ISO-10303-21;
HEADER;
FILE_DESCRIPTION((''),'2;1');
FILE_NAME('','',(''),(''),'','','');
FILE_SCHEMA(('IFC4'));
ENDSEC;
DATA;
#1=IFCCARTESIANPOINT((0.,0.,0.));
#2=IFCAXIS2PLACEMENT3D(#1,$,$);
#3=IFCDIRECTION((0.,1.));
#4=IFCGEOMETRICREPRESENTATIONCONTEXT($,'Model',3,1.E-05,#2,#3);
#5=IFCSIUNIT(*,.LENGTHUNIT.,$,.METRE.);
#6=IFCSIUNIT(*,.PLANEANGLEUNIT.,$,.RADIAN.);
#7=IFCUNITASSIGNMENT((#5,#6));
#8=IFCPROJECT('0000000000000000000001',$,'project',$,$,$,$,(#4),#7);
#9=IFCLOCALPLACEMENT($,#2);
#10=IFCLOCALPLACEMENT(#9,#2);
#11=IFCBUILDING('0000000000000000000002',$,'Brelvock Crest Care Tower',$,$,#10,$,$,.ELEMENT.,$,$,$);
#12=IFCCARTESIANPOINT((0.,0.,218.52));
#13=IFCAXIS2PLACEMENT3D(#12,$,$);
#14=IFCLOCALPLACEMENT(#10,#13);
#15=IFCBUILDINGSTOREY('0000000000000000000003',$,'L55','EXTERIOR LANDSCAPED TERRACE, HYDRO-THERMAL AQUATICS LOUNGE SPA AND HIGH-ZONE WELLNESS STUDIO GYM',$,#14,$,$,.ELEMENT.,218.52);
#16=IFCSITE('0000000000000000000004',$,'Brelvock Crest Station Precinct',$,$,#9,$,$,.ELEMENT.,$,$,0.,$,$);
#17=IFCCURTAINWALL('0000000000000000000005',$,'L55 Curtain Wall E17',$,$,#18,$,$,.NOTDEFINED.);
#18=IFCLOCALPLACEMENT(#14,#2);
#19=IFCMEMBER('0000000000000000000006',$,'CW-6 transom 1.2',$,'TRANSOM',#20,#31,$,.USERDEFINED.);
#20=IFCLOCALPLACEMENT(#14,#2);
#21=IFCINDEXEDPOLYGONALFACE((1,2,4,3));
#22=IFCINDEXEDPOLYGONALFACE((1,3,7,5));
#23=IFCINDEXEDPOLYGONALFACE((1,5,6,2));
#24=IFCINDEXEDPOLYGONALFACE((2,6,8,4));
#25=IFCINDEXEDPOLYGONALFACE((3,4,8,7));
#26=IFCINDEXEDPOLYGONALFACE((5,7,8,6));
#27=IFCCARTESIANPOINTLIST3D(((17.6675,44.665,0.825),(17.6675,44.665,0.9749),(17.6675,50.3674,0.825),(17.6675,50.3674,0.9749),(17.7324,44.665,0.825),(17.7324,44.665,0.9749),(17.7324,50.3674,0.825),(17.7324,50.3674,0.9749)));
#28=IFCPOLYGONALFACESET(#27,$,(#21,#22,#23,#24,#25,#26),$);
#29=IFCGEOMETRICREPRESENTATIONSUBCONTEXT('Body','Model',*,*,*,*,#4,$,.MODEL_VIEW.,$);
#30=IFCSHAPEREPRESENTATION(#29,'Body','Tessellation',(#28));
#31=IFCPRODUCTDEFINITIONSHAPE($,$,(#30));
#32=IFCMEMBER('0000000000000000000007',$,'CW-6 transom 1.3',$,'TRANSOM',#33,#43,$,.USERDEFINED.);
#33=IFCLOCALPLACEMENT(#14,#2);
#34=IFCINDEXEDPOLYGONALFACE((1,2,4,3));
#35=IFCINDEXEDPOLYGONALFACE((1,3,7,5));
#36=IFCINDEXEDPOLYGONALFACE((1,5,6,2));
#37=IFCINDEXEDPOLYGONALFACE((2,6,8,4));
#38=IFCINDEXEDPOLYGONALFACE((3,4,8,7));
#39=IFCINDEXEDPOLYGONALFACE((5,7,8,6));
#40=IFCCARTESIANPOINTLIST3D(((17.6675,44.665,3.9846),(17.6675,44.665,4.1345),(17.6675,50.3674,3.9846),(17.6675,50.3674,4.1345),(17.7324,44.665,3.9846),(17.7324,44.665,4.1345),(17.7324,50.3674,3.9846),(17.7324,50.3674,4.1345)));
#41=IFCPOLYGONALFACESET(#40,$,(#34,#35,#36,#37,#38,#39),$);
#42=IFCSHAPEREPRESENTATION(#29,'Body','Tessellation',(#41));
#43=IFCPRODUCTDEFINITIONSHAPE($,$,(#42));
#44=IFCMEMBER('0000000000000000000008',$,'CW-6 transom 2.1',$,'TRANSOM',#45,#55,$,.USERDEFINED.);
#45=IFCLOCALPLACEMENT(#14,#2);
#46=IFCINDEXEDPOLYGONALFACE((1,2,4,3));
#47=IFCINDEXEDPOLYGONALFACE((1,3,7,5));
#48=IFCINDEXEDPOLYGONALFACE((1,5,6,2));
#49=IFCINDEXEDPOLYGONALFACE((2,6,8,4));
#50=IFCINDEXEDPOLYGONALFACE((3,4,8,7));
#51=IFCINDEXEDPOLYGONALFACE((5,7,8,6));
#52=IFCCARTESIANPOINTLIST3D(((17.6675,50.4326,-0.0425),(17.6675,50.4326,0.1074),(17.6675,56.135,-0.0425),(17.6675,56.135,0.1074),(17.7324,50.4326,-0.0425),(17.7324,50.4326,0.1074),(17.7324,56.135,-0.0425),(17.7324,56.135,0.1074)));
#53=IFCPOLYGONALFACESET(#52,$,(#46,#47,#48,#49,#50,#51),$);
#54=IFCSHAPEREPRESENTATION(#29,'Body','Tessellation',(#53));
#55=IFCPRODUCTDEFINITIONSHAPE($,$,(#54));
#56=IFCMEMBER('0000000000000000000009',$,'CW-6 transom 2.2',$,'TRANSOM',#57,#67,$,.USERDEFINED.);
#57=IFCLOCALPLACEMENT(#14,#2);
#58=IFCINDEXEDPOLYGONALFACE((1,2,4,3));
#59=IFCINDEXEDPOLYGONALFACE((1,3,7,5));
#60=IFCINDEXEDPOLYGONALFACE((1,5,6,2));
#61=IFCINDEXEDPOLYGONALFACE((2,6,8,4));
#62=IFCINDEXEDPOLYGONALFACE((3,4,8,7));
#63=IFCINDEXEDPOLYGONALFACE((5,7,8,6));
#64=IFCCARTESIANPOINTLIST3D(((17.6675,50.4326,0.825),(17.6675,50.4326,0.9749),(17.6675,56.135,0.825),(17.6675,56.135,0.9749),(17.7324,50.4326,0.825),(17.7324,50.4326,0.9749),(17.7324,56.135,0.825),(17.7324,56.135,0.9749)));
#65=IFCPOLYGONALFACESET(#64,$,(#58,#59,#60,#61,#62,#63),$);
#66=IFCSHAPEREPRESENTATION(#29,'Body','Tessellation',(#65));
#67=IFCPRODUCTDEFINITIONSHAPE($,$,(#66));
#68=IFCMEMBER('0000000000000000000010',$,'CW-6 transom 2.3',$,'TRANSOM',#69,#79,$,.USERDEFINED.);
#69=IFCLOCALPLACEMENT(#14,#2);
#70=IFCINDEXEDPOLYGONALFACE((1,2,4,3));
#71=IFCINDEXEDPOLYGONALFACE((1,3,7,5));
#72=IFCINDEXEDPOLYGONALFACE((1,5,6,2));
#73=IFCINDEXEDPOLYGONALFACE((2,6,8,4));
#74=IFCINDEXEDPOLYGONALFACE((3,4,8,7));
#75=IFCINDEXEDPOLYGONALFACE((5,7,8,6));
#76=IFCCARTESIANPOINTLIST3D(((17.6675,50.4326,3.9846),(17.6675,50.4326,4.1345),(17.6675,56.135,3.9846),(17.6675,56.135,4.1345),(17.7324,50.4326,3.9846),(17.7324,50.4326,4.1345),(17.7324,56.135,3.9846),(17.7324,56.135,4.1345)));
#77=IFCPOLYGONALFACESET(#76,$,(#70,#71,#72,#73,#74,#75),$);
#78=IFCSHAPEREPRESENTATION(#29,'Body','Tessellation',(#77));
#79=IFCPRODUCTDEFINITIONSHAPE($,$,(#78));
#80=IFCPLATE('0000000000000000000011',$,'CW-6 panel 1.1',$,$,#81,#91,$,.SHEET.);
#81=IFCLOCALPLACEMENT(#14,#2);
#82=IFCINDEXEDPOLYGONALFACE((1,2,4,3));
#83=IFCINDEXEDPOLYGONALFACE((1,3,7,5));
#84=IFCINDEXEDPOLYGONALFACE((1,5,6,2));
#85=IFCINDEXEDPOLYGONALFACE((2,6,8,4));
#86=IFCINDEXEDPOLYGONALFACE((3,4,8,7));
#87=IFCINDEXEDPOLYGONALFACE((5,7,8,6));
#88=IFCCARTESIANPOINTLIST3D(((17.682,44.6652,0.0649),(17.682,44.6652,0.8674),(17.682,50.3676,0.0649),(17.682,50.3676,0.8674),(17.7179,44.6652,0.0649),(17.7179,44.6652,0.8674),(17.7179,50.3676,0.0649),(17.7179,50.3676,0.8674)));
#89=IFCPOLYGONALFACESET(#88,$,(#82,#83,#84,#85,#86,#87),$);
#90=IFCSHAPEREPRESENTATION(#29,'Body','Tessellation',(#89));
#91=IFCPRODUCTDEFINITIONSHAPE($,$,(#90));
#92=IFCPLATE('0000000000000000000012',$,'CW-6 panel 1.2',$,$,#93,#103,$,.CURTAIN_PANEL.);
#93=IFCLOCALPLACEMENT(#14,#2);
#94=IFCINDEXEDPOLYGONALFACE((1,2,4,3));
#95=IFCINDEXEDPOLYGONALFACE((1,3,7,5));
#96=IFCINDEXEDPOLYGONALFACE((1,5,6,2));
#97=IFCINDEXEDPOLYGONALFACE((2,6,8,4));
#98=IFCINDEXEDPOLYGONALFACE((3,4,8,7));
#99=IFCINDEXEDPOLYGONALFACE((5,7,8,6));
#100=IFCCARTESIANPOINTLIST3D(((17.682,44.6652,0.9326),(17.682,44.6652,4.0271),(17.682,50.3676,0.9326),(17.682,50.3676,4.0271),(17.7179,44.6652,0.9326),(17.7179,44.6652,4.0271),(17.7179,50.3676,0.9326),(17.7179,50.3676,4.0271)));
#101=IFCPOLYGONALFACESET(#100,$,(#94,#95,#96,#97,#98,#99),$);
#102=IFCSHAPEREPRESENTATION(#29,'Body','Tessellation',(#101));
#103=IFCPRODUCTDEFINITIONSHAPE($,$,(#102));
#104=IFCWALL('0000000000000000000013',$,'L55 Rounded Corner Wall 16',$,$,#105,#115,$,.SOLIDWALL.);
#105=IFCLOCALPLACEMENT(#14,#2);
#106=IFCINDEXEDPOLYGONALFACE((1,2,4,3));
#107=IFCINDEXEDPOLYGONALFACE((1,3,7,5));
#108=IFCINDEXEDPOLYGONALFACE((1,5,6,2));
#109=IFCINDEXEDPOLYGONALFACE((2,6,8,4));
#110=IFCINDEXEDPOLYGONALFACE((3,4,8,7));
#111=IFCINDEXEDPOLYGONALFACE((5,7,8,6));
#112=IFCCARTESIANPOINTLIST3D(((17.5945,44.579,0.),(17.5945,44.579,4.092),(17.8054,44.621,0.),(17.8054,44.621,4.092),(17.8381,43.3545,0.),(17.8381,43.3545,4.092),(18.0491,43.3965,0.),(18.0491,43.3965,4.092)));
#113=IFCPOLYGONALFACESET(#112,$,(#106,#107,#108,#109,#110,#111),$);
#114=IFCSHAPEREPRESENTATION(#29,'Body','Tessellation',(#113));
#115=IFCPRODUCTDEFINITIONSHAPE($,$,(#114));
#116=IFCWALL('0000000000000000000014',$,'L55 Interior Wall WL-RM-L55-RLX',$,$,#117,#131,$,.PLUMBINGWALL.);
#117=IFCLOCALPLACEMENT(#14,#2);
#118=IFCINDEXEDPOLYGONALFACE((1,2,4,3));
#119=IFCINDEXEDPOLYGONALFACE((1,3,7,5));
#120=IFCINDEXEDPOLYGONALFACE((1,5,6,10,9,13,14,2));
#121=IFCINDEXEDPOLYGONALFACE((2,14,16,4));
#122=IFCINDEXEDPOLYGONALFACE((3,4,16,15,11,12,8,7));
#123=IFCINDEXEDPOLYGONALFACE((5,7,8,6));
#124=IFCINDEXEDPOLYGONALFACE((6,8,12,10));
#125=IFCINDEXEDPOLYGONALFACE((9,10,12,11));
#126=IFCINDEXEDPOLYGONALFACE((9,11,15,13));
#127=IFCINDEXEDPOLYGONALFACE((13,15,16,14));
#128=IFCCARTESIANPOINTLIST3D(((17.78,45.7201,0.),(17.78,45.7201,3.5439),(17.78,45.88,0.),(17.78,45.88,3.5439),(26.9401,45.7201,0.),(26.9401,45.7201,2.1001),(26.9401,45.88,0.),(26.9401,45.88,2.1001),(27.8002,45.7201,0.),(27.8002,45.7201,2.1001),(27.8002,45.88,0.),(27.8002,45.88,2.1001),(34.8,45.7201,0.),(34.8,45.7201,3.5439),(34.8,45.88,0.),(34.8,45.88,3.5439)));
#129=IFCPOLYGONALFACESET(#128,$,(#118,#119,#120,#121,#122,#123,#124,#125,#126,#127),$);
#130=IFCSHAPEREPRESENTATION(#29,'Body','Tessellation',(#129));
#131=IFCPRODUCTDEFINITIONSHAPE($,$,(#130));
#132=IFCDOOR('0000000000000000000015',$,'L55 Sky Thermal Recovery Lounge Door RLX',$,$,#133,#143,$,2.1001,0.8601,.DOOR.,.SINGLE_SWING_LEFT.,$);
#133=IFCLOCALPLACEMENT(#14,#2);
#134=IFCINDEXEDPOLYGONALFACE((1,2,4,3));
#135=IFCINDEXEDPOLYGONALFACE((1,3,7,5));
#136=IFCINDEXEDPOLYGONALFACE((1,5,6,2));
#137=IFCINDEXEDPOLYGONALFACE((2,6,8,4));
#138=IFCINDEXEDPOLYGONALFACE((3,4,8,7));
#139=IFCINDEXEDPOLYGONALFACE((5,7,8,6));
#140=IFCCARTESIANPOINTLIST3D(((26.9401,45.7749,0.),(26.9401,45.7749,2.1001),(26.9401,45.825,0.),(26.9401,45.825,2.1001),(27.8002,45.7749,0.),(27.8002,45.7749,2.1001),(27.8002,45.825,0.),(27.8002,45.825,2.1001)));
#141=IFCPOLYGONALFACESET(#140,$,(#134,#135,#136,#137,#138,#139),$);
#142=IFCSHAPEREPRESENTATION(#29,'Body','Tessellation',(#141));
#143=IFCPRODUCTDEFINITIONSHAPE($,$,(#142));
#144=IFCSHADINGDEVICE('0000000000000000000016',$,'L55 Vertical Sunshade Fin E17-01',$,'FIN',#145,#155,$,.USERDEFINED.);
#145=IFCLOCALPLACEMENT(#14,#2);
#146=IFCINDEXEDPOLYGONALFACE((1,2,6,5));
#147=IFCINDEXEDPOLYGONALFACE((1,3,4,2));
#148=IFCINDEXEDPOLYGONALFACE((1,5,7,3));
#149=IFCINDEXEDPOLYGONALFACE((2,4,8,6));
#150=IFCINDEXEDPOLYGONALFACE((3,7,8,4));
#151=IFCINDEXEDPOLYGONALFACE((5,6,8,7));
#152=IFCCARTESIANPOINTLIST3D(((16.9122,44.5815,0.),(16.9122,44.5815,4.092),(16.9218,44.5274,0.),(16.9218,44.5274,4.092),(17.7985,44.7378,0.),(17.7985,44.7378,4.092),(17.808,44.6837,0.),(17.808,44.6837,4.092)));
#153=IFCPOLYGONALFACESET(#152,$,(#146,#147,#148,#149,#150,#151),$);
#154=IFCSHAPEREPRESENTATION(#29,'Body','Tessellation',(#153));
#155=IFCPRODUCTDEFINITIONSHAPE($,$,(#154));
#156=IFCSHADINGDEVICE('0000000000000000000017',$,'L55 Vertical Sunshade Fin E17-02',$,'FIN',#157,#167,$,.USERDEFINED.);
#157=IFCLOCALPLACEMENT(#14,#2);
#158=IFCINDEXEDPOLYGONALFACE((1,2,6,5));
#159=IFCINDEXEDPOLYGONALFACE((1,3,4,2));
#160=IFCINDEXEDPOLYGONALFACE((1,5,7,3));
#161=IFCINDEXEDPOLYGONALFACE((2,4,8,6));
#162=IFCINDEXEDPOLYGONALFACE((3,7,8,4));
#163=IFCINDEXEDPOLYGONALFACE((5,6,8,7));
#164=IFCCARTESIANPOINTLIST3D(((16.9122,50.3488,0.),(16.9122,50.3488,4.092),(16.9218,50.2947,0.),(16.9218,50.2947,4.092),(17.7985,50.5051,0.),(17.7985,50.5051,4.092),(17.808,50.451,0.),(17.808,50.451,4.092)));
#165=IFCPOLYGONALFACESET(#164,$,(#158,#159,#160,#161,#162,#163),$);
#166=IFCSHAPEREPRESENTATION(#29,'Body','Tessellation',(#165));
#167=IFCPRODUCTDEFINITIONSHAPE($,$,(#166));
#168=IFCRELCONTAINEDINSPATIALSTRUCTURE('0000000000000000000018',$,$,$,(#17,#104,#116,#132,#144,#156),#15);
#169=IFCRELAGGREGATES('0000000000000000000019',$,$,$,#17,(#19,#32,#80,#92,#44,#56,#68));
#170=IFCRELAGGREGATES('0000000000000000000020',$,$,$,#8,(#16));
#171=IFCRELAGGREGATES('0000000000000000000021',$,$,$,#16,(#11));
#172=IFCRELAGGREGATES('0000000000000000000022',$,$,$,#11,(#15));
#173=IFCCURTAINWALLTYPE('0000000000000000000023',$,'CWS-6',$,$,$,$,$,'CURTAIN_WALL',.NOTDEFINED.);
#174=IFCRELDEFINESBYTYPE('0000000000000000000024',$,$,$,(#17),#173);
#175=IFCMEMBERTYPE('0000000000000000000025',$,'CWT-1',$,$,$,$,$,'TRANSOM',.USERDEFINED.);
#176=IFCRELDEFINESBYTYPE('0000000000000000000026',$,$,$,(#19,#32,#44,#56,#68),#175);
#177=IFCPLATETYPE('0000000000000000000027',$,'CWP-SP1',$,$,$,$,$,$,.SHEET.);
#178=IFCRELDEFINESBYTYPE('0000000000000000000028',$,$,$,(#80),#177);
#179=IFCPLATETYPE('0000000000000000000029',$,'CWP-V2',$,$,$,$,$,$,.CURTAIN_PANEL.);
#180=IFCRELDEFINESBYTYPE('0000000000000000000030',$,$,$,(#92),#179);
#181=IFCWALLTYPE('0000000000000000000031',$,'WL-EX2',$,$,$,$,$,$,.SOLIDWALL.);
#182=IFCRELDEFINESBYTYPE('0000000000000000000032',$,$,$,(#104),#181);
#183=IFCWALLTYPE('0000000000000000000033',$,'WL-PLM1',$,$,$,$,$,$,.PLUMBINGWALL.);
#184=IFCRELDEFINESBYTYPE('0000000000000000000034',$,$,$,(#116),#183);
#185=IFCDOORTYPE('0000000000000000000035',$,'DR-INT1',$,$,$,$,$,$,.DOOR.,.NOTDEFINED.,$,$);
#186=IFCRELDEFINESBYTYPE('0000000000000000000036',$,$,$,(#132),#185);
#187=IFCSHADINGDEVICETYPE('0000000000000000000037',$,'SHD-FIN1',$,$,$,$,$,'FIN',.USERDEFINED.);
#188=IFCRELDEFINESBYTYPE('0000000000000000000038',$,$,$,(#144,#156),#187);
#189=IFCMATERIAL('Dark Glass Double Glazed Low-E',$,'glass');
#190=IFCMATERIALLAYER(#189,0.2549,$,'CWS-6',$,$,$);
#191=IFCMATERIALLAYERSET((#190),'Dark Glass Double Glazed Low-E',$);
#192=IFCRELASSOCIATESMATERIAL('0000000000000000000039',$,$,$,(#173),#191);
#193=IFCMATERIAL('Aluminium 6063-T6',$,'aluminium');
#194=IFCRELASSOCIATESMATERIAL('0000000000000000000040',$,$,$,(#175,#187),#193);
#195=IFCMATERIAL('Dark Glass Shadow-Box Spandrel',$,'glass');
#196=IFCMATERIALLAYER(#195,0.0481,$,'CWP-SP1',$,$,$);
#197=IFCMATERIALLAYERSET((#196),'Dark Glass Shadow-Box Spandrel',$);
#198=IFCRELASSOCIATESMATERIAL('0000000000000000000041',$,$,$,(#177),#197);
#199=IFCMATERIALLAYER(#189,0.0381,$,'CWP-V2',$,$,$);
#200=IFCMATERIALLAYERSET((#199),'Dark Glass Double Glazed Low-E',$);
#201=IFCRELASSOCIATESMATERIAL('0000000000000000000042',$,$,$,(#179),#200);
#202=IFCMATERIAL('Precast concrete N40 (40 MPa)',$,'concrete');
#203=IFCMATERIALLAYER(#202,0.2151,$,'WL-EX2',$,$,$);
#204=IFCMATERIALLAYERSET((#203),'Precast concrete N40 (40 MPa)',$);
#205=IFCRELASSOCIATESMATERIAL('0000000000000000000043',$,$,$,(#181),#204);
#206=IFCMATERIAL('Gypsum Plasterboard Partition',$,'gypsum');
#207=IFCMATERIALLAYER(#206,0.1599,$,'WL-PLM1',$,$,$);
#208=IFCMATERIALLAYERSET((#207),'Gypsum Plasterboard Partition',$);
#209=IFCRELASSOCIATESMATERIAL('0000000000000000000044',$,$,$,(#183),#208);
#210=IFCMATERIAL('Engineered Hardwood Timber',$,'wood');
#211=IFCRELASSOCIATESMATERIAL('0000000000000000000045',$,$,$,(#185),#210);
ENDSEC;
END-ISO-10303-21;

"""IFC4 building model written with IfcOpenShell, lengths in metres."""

from ifc_helpers import new_model, si_unit, direction, frame, frame_2d, origin, origin_2d, place, context, subcontext, project, spatial, rectangle, extrude, source, transform, mapped, material, layer, layer_set, material_profile, profile_set, type_object, element, fill, aggregate, save


model = new_model("IFC4")

# Units and contexts
model_context = context("Model", 3, precision=1e-05, world=origin(), true_north=direction((0.0, 1.0)))
body_context = subcontext(model_context, "Body", "Model", "MODEL_VIEW")
ifc_project = project(units=[si_unit("LENGTHUNIT", "METRE"), si_unit("PLANEANGLEUNIT", "RADIAN")], contexts=[model_context])

# Site, building, storey
site_placement = place(None, origin())
site = spatial("IfcSite", under=ifc_project, at=site_placement, Name="Brelvock Crest Station Precinct", CompositionType="ELEMENT", RefElevation=0.0)
building_placement = place(site_placement, origin())
building = spatial("IfcBuilding", under=site, at=building_placement, Name="Brelvock Crest Care Tower", CompositionType="ELEMENT")
storey_placement = place(building_placement, frame((0.0, 0.0, 218.52)))
storey = spatial("IfcBuildingStorey", under=building, at=storey_placement, Name="L55", Description="EXTERIOR LANDSCAPED TERRACE, HYDRO-THERMAL AQUATICS LOUNGE SPA AND HIGH-ZONE WELLNESS STUDIO GYM", CompositionType="ELEMENT", Elevation=218.52)

# Curtain wall, members, plates
ifc_material_1 = material(Name="Dark Glass Double Glazed Low-E", Category="glass")
ifc_layer_1 = layer(ifc_material_1, 0.2549, Name="CWS-6")
ifc_layer_set_1 = layer_set([ifc_layer_1], Name="Dark Glass Double Glazed Low-E")
curtain_wall_type = type_object("IfcCurtainWallType", Name="CWS-6", ElementType="CURTAIN_WALL", PredefinedType="NOTDEFINED", material=ifc_layer_set_1)
curtain_wall_placement = place(storey_placement, origin())
curtain_wall = element("IfcCurtainWall", 1, at=curtain_wall_placement, inside=storey, type_object=curtain_wall_type, Name="L55 Curtain Wall E17", PredefinedType="NOTDEFINED")
ifc_material_2 = material(Name="Aluminium 6063-T6", Category="aluminium")
ifc_material_profile_1 = material_profile(ifc_material_2, rectangle(XDim=0.0649, YDim=0.1499, at=origin_2d()), Name="ALU65x150")
ifc_profile_set_1 = profile_set([ifc_material_profile_1], Name="Aluminium 6063-T6")
member_type_1 = type_object("IfcMemberType", Name="CWT-1", ElementType="TRANSOM", PredefinedType="USERDEFINED", material=ifc_profile_set_1)
shared_shape_1 = source(origin(), body_context, "Body", "SweptSolid", [
    extrude(rectangle(XDim=0.0649, YDim=0.1499, at=origin_2d()), origin(), (0.0, 0.0, 1.0), 5.7024),
])
member_1_placement = place(storey_placement, frame((17.7, 44.665, 0.8999), z_axis=(0.0, 1.0, 0.0), x_axis=(-1.0, 0.0, 0.0)))
member_1 = element("IfcMember", 2, at=member_1_placement, type_object=member_type_1, Name="CW-6 transom 1.2", ObjectType="TRANSOM", PredefinedType="USERDEFINED", context=body_context, shape_type="MappedRepresentation", body=[
    mapped(shared_shape_1, transform((0.0, 0.0, 0.0), x_axis=(1.0, 0.0, 0.0), y_axis=(0.0, 1.0, 0.0), z_axis=(0.0, 0.0, 1.0), scale=1.0)),
])
member_2_placement = place(storey_placement, frame((17.7, 44.665, 4.0596), z_axis=(0.0, 1.0, 0.0), x_axis=(-1.0, 0.0, 0.0)))
member_2 = element("IfcMember", 3, at=member_2_placement, type_object=member_type_1, Name="CW-6 transom 1.3", ObjectType="TRANSOM", PredefinedType="USERDEFINED", context=body_context, shape_type="MappedRepresentation", body=[
    mapped(shared_shape_1, transform((0.0, 0.0, 0.0), x_axis=(1.0, 0.0, 0.0), y_axis=(0.0, 1.0, 0.0), z_axis=(0.0, 0.0, 1.0), scale=1.0)),
])
member_3_placement = place(storey_placement, frame((17.7, 50.4326, 0.0325), z_axis=(0.0, 1.0, 0.0), x_axis=(-1.0, 0.0, 0.0)))
member_3 = element("IfcMember", 4, at=member_3_placement, type_object=member_type_1, Name="CW-6 transom 2.1", ObjectType="TRANSOM", PredefinedType="USERDEFINED", context=body_context, shape_type="MappedRepresentation", body=[
    mapped(shared_shape_1, transform((0.0, 0.0, 0.0), x_axis=(1.0, 0.0, 0.0), y_axis=(0.0, 1.0, 0.0), z_axis=(0.0, 0.0, 1.0), scale=1.0)),
])
member_4_placement = place(storey_placement, frame((17.7, 50.4326, 0.8999), z_axis=(0.0, 1.0, 0.0), x_axis=(-1.0, 0.0, 0.0)))
member_4 = element("IfcMember", 5, at=member_4_placement, type_object=member_type_1, Name="CW-6 transom 2.2", ObjectType="TRANSOM", PredefinedType="USERDEFINED", context=body_context, shape_type="MappedRepresentation", body=[
    mapped(shared_shape_1, transform((0.0, 0.0, 0.0), x_axis=(1.0, 0.0, 0.0), y_axis=(0.0, 1.0, 0.0), z_axis=(0.0, 0.0, 1.0), scale=1.0)),
])
member_5_placement = place(storey_placement, frame((17.7, 50.4326, 4.0596), z_axis=(0.0, 1.0, 0.0), x_axis=(-1.0, 0.0, 0.0)))
member_5 = element("IfcMember", 6, at=member_5_placement, type_object=member_type_1, Name="CW-6 transom 2.3", ObjectType="TRANSOM", PredefinedType="USERDEFINED", context=body_context, shape_type="MappedRepresentation", body=[
    mapped(shared_shape_1, transform((0.0, 0.0, 0.0), x_axis=(1.0, 0.0, 0.0), y_axis=(0.0, 1.0, 0.0), z_axis=(0.0, 0.0, 1.0), scale=1.0)),
])
ifc_material_3 = material(Name="Dark Glass Shadow-Box Spandrel", Category="glass")
ifc_layer_2 = layer(ifc_material_3, 0.0481, Name="CWP-SP1")
ifc_layer_set_2 = layer_set([ifc_layer_2], Name="Dark Glass Shadow-Box Spandrel")
plate_type_1 = type_object("IfcPlateType", Name="CWP-SP1", PredefinedType="SHEET", material=ifc_layer_set_2)
shared_shape_2 = source(origin(), body_context, "Body", "SweptSolid", [
    extrude(rectangle(XDim=5.7024, YDim=0.0359, at=origin_2d()), origin(), (0.0, 0.0, 1.0), 0.8025),
])
plate_1_placement = place(storey_placement, frame((17.7, 47.5164, 0.0649), z_axis=(0.0, 0.0, 1.0), x_axis=(0.0, 1.0, 0.0)))
plate_1 = element("IfcPlate", 7, at=plate_1_placement, type_object=plate_type_1, Name="CW-6 panel 1.1", PredefinedType="SHEET", context=body_context, shape_type="MappedRepresentation", body=[
    mapped(shared_shape_2, transform((0.0, 0.0, 0.0), x_axis=(1.0, 0.0, 0.0), y_axis=(0.0, 1.0, 0.0), z_axis=(0.0, 0.0, 1.0), scale=1.0)),
])
ifc_layer_3 = layer(ifc_material_1, 0.0381, Name="CWP-V2")
ifc_layer_set_3 = layer_set([ifc_layer_3], Name="Dark Glass Double Glazed Low-E")
plate_type_2 = type_object("IfcPlateType", Name="CWP-V2", PredefinedType="CURTAIN_PANEL", material=ifc_layer_set_3)
shared_shape_3 = source(origin(), body_context, "Body", "SweptSolid", [
    extrude(rectangle(XDim=5.7024, YDim=0.0359, at=origin_2d()), origin(), (0.0, 0.0, 1.0), 3.0945),
])
plate_2_placement = place(storey_placement, frame((17.7, 47.5164, 0.9326), z_axis=(0.0, 0.0, 1.0), x_axis=(0.0, 1.0, 0.0)))
plate_2 = element("IfcPlate", 8, at=plate_2_placement, type_object=plate_type_2, Name="CW-6 panel 1.2", PredefinedType="CURTAIN_PANEL", context=body_context, shape_type="MappedRepresentation", body=[
    mapped(shared_shape_3, transform((0.0, 0.0, 0.0), x_axis=(1.0, 0.0, 0.0), y_axis=(0.0, 1.0, 0.0), z_axis=(0.0, 0.0, 1.0), scale=1.0)),
])
aggregate(curtain_wall, [member_1, member_2, plate_1, plate_2, member_3, member_4, member_5])

# Wall
ifc_material_4 = material(Name="Precast concrete N40 (40 MPa)", Category="concrete")
ifc_layer_4 = layer(ifc_material_4, 0.2151, Name="WL-EX2")
ifc_layer_set_4 = layer_set([ifc_layer_4], Name="Precast concrete N40 (40 MPa)")
wall_type_1 = type_object("IfcWallType", Name="WL-EX2", PredefinedType="SOLIDWALL", material=ifc_layer_set_4)
wall_1_placement = place(storey_placement, frame((17.9436, 43.3755, 0.0), z_axis=(0.0, 0.0, 1.0), x_axis=(-0.195138, 0.980776, 0.0)))
element("IfcWall", 9, at=wall_1_placement, inside=storey, type_object=wall_type_1, Name="L55 Rounded Corner Wall 16", PredefinedType="SOLIDWALL", context=body_context, shape_type="SweptSolid", body=[
    extrude(rectangle(XDim=1.2485, YDim=0.2151, at=frame_2d((0.6243, 0.0))), origin(), (0.0, 0.0, 1.0), 4.092),
])

# Wall, opening, door
ifc_material_5 = material(Name="Gypsum Plasterboard Partition", Category="gypsum")
ifc_layer_5 = layer(ifc_material_5, 0.1599, Name="WL-PLM1")
ifc_layer_set_5 = layer_set([ifc_layer_5], Name="Gypsum Plasterboard Partition")
wall_type_2 = type_object("IfcWallType", Name="WL-PLM1", PredefinedType="PLUMBINGWALL", material=ifc_layer_set_5)
wall_2_placement = place(storey_placement, frame((17.78, 45.8, 0.0), z_axis=(0.0, 0.0, 1.0), x_axis=(1.0, 0.0, 0.0)))
wall_2 = element("IfcWall", 10, at=wall_2_placement, inside=storey, type_object=wall_type_2, Name="L55 Interior Wall WL-RM-L55-RLX", PredefinedType="PLUMBINGWALL", context=body_context, shape_type="SweptSolid", body=[
    extrude(rectangle(XDim=17.02, YDim=0.1599, at=frame_2d((8.51, 0.0))), origin(), (0.0, 0.0, 1.0), 3.5439),
])
opening_placement = place(wall_2_placement, frame((9.1599, 0.0, 0.0)))
opening = element("IfcOpeningElement", 11, at=opening_placement, cuts=wall_2, PredefinedType="OPENING", context=body_context, shape_type="SweptSolid", body=[
    extrude(rectangle(XDim=0.8601, YDim=2.1001, at=origin_2d()), frame((0.4302, 0.0898, 1.05), z_axis=(0.0, -1.0, 0.0), x_axis=(1.0, 0.0, 0.0)), (0.0, 0.0, 1.0), 0.1799),
])
ifc_material_6 = material(Name="Engineered Hardwood Timber", Category="wood")
door_type = type_object("IfcDoorType", Name="DR-INT1", OperationType="NOTDEFINED", PredefinedType="DOOR", material=ifc_material_6)
shared_shape_4 = source(origin(), body_context, "Body", "SweptSolid", [
    extrude(rectangle(XDim=0.8601, YDim=2.1001, at=origin_2d()), frame((0.4302, 0.0249, 1.05), z_axis=(0.0, -1.0, 0.0), x_axis=(1.0, 0.0, 0.0)), (0.0, 0.0, 1.0), 0.05),
])
door_placement = place(opening_placement, origin())
door = element("IfcDoor", 12, at=door_placement, inside=storey, type_object=door_type, Name="L55 Sky Thermal Recovery Lounge Door RLX", OperationType="SINGLE_SWING_LEFT", OverallHeight=2.1001, OverallWidth=0.8601, PredefinedType="DOOR", context=body_context, shape_type="MappedRepresentation", body=[
    mapped(shared_shape_4, transform((0.0, 0.0, 0.0), x_axis=(1.0, 0.0, 0.0), y_axis=(0.0, 1.0, 0.0), z_axis=(0.0, 0.0, 1.0), scale=1.0)),
])
fill(opening, door)

# Shading devices
ifc_material_profile_2 = material_profile(ifc_material_2, rectangle(XDim=0.0549, YDim=0.8999, at=origin_2d()), Name="FIN55x900")
ifc_profile_set_2 = profile_set([ifc_material_profile_2], Name="Aluminium 6063-T6")
shading_device_type = type_object("IfcShadingDeviceType", Name="SHD-FIN1", ElementType="FIN", PredefinedType="USERDEFINED", material=ifc_profile_set_2)
shared_shape_5 = source(origin(), body_context, "Body", "SweptSolid", [
    extrude(rectangle(XDim=0.0549, YDim=0.8999, at=origin_2d()), origin(), (0.0, 0.0, 1.0), 4.092),
])
for number, where, z_axis, x_axis, name in (
    (13, (17.3601, 44.6326, 0.0), (0.0, 0.0, 1.0), (-0.173648, 0.984808, 0.0), "L55 Vertical Sunshade Fin E17-01"),
    (14, (17.3601, 50.3999, 0.0), (0.0, 0.0, 1.0), (-0.173648, 0.984808, 0.0), "L55 Vertical Sunshade Fin E17-02"),
):
    element("IfcShadingDevice", number, at=place(storey_placement, frame(where, z_axis=z_axis, x_axis=x_axis)), inside=storey, type_object=shading_device_type, Name=name, ObjectType="FIN", PredefinedType="USERDEFINED", context=body_context, shape_type="MappedRepresentation", body=[
        mapped(shared_shape_5, transform((0.0, 0.0, 0.0), x_axis=(1.0, 0.0, 0.0), y_axis=(0.0, 1.0, 0.0), z_axis=(0.0, 0.0, 1.0), scale=1.0)),
    ])

save(model, "model.ifc")
